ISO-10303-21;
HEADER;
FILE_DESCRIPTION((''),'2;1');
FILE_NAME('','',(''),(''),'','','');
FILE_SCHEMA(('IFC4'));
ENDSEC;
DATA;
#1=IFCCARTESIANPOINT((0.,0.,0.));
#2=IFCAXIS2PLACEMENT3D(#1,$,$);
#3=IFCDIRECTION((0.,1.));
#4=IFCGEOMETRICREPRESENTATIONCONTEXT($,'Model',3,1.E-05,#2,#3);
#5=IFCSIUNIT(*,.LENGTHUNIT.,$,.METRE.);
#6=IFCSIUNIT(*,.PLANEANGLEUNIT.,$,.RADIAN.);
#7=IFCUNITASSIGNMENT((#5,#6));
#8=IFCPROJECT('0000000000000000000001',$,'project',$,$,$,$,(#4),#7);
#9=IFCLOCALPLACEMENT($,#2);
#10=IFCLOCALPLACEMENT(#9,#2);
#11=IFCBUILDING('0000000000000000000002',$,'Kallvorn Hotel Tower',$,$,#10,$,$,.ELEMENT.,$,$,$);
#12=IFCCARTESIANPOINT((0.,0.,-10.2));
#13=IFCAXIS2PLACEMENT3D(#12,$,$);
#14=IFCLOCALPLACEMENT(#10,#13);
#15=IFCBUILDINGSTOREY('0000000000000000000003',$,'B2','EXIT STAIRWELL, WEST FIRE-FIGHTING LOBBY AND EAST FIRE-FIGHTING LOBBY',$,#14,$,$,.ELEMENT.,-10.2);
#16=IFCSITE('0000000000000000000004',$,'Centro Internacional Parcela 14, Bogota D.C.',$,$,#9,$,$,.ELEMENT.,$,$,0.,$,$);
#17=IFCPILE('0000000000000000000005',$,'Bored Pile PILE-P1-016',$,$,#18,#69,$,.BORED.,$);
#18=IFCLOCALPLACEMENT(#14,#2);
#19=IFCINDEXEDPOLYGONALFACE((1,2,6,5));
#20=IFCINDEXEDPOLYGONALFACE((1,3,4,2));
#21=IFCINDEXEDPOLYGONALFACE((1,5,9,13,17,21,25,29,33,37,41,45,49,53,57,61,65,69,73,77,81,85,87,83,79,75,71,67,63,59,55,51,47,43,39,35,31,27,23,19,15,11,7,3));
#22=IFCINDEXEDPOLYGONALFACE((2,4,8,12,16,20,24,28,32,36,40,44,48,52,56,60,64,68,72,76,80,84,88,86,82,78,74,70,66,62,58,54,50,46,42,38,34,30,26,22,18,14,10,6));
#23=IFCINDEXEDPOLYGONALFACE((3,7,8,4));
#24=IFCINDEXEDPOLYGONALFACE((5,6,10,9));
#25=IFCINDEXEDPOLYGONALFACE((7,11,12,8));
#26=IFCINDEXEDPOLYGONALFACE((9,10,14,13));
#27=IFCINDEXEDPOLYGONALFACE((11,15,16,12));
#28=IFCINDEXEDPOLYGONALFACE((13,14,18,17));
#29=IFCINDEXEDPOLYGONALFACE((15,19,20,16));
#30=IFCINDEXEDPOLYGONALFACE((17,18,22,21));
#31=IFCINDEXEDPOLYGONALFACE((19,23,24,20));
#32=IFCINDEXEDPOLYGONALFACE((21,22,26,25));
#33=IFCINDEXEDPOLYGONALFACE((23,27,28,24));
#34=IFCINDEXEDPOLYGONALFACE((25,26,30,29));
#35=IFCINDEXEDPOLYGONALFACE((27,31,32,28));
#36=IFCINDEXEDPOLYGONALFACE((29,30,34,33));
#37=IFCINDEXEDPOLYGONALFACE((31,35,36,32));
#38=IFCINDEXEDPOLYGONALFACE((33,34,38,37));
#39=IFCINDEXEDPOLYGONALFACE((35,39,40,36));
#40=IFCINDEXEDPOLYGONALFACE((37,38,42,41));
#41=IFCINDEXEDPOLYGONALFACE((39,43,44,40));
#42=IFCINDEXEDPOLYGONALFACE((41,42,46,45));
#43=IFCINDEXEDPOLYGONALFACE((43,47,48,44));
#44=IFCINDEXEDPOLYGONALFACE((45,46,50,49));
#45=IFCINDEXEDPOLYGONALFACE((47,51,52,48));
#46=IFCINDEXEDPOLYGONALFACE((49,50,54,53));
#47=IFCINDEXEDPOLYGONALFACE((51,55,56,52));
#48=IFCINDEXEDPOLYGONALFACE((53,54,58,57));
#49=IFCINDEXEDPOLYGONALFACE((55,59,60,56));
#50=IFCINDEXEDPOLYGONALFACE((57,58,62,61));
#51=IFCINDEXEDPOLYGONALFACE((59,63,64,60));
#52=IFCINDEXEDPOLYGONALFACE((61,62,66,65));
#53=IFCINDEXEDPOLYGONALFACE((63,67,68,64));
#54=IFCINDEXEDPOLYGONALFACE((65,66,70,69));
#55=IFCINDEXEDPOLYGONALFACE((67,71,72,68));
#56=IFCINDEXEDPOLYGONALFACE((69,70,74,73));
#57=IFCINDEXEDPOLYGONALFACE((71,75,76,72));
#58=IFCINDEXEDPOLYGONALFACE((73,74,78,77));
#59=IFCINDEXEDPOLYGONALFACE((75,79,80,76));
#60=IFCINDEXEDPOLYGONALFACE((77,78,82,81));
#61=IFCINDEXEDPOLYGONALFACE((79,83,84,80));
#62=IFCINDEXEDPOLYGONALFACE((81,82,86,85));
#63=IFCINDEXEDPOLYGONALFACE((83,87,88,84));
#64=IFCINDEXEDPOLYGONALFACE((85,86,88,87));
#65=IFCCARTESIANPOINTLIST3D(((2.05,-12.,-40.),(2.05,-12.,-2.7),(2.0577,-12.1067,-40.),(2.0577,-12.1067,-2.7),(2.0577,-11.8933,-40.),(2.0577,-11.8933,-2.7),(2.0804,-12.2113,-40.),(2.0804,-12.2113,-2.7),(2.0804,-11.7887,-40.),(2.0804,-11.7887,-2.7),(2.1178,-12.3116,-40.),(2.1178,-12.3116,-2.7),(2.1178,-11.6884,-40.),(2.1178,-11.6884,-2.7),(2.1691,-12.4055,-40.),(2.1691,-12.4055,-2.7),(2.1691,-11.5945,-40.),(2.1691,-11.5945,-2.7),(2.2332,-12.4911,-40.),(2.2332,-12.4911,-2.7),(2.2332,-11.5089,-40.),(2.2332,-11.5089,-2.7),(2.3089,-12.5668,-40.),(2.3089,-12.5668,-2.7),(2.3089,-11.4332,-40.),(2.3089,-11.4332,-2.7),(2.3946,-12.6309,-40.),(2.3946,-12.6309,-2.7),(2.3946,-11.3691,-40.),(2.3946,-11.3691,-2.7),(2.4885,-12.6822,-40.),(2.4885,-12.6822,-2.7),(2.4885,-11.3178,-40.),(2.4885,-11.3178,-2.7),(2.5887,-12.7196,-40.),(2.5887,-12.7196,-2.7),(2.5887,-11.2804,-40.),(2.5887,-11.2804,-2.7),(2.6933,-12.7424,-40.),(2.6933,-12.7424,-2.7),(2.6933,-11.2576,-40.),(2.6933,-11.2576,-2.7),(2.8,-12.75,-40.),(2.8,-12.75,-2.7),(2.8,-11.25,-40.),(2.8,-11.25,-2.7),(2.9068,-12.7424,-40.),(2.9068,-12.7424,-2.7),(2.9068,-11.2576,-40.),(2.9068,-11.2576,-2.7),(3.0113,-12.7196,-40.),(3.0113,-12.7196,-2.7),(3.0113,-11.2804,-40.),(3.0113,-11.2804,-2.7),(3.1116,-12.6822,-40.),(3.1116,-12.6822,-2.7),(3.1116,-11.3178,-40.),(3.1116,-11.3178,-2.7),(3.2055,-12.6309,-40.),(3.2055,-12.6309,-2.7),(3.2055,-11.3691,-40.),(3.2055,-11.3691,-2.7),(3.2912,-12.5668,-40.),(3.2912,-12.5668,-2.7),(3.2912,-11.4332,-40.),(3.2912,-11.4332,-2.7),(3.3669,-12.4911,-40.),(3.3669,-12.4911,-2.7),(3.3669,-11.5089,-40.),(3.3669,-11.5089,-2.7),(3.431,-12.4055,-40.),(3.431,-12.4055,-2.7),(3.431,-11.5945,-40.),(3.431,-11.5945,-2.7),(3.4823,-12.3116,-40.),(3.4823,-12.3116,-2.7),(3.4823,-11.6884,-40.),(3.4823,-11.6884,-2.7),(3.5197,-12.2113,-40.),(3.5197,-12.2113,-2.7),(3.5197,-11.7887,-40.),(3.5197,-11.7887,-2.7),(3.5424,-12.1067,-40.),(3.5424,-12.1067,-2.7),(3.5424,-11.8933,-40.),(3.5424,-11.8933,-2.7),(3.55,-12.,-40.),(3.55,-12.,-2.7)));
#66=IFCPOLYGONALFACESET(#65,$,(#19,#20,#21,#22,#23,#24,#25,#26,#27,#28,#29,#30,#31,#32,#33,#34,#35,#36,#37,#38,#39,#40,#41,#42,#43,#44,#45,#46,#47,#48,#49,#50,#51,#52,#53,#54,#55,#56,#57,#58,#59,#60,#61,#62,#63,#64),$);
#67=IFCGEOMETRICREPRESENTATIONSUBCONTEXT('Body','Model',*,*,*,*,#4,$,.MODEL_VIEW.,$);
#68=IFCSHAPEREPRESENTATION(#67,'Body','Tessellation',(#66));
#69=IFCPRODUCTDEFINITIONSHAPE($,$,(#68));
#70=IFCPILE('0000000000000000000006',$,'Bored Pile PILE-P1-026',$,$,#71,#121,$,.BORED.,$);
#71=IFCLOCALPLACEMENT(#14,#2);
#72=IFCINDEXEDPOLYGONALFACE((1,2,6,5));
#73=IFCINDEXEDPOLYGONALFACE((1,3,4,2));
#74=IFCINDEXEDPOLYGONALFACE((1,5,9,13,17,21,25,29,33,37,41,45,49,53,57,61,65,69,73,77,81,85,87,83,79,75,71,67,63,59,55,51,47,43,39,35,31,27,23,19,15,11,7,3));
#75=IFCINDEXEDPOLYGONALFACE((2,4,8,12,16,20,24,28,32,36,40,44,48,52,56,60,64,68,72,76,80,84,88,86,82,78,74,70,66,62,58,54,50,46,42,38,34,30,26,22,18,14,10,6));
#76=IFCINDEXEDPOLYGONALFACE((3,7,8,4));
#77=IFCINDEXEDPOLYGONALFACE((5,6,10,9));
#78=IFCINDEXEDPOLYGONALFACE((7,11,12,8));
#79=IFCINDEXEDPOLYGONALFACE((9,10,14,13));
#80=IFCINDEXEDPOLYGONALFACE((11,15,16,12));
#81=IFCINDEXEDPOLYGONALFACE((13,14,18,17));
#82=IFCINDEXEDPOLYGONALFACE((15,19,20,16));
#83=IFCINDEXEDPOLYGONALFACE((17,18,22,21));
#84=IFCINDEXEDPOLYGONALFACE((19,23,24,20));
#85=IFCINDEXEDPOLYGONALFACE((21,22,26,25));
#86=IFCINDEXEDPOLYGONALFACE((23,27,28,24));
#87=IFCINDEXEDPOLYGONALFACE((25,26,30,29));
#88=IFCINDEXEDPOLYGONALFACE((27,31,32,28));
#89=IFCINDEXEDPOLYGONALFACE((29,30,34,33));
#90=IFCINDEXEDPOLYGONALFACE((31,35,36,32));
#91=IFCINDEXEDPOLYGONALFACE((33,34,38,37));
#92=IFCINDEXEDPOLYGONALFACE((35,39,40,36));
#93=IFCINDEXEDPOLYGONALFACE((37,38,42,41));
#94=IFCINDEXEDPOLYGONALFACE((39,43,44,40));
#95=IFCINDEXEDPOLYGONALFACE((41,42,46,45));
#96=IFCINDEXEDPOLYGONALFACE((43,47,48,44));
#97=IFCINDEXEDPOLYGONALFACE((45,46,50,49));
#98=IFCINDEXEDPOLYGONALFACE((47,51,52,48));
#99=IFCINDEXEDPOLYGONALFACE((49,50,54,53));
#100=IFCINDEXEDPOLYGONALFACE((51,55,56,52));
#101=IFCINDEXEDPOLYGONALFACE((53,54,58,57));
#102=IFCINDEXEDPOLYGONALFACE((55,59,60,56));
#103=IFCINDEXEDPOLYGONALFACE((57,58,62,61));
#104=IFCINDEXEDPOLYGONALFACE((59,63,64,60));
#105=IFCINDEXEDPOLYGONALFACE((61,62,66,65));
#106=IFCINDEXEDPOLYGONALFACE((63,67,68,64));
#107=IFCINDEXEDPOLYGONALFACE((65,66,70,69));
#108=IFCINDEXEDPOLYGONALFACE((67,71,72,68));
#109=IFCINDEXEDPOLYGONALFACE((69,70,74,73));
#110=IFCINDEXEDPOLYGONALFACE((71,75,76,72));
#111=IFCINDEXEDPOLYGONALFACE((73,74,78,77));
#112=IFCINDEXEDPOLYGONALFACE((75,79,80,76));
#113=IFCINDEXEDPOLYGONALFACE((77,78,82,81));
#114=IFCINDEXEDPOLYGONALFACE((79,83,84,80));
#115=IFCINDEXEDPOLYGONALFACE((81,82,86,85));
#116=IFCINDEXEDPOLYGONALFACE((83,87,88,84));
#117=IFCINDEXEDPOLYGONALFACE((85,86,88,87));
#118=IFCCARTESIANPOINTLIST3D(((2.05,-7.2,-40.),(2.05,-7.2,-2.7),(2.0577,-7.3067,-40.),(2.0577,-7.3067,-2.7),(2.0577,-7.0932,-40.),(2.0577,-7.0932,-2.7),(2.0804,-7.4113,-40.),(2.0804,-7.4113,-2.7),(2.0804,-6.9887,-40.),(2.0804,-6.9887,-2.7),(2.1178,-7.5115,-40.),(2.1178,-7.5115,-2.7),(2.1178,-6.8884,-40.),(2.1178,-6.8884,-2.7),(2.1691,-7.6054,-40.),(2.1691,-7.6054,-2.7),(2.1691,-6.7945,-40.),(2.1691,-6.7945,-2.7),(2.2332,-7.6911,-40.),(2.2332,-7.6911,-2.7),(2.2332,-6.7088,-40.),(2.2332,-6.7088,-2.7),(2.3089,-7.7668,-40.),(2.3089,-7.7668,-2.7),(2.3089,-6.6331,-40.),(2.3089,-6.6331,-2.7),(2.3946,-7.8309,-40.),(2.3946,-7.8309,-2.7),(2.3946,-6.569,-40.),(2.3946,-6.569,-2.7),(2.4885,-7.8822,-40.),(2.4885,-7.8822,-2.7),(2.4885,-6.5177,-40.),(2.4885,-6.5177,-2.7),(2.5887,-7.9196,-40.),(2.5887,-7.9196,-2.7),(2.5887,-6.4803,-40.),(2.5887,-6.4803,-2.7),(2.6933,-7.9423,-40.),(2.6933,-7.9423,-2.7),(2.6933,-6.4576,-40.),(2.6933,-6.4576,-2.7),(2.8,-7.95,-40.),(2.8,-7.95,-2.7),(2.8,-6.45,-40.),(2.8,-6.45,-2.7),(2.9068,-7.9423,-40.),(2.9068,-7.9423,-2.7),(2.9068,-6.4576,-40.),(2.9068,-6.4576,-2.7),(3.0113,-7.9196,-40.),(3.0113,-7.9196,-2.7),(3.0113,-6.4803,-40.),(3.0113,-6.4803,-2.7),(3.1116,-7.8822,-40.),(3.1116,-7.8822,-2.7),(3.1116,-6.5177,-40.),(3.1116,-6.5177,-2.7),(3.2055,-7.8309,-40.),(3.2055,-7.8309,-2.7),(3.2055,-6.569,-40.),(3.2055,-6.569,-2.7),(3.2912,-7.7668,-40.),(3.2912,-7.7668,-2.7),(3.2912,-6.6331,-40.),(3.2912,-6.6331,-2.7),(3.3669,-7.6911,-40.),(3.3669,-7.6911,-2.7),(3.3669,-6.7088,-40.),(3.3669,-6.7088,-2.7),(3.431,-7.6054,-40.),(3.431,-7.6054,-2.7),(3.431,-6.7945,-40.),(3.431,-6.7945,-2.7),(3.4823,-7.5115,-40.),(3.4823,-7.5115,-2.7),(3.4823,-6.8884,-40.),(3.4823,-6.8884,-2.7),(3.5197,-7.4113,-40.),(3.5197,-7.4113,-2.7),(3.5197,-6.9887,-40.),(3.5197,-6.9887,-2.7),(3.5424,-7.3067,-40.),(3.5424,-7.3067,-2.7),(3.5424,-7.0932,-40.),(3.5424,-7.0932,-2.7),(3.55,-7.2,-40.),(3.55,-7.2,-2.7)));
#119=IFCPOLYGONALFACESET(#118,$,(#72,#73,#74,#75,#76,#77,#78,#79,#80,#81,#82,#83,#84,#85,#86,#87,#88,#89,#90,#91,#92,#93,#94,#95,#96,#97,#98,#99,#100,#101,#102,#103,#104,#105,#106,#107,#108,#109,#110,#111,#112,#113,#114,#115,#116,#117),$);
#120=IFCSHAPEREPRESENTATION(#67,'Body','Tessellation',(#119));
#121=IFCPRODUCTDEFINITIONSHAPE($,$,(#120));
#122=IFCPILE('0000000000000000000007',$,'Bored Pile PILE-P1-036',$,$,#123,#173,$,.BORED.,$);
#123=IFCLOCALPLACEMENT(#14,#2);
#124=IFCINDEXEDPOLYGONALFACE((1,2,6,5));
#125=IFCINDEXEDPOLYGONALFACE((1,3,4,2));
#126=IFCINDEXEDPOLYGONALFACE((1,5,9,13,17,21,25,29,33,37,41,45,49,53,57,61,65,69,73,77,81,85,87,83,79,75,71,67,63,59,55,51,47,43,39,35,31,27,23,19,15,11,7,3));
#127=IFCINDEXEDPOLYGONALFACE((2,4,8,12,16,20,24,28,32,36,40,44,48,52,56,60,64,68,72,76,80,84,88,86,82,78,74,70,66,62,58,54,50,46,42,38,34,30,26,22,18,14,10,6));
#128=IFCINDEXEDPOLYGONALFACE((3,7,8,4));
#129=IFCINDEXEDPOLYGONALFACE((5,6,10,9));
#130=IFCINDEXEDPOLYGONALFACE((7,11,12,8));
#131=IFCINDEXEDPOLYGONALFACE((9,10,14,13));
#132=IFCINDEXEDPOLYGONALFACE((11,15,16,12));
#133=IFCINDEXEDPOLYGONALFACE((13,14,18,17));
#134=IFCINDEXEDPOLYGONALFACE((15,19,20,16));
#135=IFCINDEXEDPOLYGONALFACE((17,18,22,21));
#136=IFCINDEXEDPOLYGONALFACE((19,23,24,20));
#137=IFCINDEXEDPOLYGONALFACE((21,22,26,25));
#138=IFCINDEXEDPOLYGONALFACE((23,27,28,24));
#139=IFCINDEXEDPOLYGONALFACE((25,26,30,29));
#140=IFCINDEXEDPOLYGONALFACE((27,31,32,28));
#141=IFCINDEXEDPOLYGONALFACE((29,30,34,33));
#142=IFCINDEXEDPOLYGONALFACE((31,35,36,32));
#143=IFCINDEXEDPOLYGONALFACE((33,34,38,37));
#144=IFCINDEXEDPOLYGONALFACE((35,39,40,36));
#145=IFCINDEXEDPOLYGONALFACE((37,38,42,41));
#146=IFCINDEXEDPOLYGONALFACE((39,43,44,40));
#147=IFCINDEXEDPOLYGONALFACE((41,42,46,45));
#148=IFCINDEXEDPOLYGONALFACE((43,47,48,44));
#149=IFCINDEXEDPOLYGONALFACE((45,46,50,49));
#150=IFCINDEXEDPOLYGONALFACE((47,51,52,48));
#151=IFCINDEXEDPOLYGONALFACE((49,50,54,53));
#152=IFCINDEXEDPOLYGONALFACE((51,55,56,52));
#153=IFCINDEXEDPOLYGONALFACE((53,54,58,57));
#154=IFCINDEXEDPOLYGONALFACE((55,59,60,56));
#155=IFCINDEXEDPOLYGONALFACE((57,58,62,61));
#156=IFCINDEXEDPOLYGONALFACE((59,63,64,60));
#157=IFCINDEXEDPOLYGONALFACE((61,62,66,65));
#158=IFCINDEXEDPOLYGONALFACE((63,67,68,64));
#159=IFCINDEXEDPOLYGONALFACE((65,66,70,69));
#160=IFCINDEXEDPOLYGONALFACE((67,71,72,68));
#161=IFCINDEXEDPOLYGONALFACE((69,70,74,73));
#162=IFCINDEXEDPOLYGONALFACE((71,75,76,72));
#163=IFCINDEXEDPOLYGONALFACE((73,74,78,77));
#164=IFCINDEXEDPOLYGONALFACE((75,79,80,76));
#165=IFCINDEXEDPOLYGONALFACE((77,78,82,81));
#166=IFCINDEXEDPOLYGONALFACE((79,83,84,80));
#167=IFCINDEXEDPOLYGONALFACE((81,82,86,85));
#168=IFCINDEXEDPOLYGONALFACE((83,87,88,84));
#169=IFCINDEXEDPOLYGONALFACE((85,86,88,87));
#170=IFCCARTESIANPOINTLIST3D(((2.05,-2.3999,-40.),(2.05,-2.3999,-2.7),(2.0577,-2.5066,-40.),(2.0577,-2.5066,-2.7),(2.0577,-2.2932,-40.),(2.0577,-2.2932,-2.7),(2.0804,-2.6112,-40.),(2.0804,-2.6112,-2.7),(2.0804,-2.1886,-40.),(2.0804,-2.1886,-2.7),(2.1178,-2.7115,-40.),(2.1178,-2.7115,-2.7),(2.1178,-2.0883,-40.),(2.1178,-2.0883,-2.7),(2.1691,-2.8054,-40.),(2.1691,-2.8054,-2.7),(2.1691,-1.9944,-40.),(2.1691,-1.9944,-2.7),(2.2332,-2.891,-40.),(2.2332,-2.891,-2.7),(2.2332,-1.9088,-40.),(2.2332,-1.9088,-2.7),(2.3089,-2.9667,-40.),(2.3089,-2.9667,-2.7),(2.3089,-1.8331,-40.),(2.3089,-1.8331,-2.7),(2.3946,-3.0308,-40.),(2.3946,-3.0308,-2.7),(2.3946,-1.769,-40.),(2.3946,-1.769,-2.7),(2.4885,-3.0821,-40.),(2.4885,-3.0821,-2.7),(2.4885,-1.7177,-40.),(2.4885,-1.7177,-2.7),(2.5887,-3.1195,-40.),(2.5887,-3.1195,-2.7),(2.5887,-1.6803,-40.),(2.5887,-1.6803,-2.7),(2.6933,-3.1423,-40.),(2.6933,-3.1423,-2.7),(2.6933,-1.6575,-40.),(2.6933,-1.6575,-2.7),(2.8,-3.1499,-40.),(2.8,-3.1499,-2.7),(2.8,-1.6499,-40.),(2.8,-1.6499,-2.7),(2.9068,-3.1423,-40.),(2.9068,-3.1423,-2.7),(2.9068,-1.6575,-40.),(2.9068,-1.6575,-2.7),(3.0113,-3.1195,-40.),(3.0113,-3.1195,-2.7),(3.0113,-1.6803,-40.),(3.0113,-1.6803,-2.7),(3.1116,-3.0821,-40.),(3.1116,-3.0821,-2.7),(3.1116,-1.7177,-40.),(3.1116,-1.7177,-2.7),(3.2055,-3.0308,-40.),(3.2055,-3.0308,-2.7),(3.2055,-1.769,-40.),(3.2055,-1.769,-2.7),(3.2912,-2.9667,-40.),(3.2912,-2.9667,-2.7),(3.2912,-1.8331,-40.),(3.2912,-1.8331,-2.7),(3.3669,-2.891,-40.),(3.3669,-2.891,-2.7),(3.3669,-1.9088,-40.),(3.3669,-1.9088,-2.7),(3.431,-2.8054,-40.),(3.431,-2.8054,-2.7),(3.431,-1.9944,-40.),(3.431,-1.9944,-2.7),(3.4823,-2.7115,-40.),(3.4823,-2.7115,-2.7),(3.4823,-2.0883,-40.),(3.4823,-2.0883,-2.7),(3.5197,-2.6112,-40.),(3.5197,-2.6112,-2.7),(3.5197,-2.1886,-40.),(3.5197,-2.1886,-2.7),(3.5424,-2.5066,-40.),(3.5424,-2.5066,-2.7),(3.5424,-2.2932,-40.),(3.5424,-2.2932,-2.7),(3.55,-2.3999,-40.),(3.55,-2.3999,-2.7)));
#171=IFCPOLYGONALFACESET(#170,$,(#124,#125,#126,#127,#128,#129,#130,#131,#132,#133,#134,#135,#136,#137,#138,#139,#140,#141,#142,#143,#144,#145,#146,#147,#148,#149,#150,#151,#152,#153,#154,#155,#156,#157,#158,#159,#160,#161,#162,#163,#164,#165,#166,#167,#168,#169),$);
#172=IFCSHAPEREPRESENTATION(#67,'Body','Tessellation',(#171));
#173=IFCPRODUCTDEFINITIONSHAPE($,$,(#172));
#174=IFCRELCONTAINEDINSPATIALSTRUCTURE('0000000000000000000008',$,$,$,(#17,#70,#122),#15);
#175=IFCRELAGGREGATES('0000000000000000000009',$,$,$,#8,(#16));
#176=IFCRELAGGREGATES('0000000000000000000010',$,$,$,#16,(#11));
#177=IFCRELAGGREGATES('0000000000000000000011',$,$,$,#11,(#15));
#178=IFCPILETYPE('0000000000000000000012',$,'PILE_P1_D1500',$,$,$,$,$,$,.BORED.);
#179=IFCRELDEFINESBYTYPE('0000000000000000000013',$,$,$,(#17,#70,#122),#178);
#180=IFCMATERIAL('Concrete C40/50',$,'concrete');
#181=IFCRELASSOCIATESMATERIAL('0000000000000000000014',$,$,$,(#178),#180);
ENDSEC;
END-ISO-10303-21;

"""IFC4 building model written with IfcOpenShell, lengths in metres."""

from ifc_helpers import new_model, si_unit, direction, frame, origin, origin_2d, place, context, subcontext, project, spatial, circle, extrude, material, material_profile, profile_set, type_object, element, save


model = new_model("IFC4")

# Units and contexts
model_context = context("Model", 3, precision=1e-05, world=origin(), true_north=direction((0.0, 1.0)))
body_context = subcontext(model_context, "Body", "Model", "MODEL_VIEW")
ifc_project = project(units=[si_unit("LENGTHUNIT", "METRE"), si_unit("PLANEANGLEUNIT", "RADIAN")], contexts=[model_context])

# Site, building, storey
site_placement = place(None, origin())
site = spatial("IfcSite", under=ifc_project, at=site_placement, Name="Centro Internacional Parcela 14, Bogota D.C.", CompositionType="ELEMENT", RefElevation=0.0)
building_placement = place(site_placement, origin())
building = spatial("IfcBuilding", under=site, at=building_placement, Name="Kallvorn Hotel Tower", CompositionType="ELEMENT")
storey_placement = place(building_placement, frame((0.0, 0.0, -10.2)))
storey = spatial("IfcBuildingStorey", under=building, at=storey_placement, Name="B2", Description="EXIT STAIRWELL, WEST FIRE-FIGHTING LOBBY AND EAST FIRE-FIGHTING LOBBY", CompositionType="ELEMENT", Elevation=-10.2)

# Piles
ifc_material_1 = material(Name="Concrete C40/50", Category="concrete")
ifc_material_profile_1 = material_profile(ifc_material_1, circle(Radius=0.75, at=origin_2d()), Name="PILE D1500")
ifc_profile_set_1 = profile_set([ifc_material_profile_1], Name="Concrete C40/50")
pile_type = type_object("IfcPileType", Name="PILE_P1_D1500", PredefinedType="BORED", material=ifc_profile_set_1)
for number, where, z_axis, x_axis, name in (
    (1, (2.8, -12.0, -2.7), (0.0, 0.0, -1.0), (1.0, 0.0, 0.0), "Bored Pile PILE-P1-016"),
    (2, (2.8, -7.2, -2.7), (0.0, 0.0, -1.0), (1.0, 0.0, 0.0), "Bored Pile PILE-P1-026"),
    (3, (2.8, -2.3999, -2.7), (0.0, 0.0, -1.0), (1.0, 0.0, 0.0), "Bored Pile PILE-P1-036"),
):
    element("IfcPile", number, at=place(storey_placement, frame(where, z_axis=z_axis, x_axis=x_axis)), inside=storey, type_object=pile_type, Name=name, PredefinedType="BORED", context=body_context, shape_type="SweptSolid", body=[
        extrude(circle(Radius=0.75, at=origin_2d()), origin(), (0.0, 0.0, 1.0), 37.3),
    ])

save(model, "model.ifc")
